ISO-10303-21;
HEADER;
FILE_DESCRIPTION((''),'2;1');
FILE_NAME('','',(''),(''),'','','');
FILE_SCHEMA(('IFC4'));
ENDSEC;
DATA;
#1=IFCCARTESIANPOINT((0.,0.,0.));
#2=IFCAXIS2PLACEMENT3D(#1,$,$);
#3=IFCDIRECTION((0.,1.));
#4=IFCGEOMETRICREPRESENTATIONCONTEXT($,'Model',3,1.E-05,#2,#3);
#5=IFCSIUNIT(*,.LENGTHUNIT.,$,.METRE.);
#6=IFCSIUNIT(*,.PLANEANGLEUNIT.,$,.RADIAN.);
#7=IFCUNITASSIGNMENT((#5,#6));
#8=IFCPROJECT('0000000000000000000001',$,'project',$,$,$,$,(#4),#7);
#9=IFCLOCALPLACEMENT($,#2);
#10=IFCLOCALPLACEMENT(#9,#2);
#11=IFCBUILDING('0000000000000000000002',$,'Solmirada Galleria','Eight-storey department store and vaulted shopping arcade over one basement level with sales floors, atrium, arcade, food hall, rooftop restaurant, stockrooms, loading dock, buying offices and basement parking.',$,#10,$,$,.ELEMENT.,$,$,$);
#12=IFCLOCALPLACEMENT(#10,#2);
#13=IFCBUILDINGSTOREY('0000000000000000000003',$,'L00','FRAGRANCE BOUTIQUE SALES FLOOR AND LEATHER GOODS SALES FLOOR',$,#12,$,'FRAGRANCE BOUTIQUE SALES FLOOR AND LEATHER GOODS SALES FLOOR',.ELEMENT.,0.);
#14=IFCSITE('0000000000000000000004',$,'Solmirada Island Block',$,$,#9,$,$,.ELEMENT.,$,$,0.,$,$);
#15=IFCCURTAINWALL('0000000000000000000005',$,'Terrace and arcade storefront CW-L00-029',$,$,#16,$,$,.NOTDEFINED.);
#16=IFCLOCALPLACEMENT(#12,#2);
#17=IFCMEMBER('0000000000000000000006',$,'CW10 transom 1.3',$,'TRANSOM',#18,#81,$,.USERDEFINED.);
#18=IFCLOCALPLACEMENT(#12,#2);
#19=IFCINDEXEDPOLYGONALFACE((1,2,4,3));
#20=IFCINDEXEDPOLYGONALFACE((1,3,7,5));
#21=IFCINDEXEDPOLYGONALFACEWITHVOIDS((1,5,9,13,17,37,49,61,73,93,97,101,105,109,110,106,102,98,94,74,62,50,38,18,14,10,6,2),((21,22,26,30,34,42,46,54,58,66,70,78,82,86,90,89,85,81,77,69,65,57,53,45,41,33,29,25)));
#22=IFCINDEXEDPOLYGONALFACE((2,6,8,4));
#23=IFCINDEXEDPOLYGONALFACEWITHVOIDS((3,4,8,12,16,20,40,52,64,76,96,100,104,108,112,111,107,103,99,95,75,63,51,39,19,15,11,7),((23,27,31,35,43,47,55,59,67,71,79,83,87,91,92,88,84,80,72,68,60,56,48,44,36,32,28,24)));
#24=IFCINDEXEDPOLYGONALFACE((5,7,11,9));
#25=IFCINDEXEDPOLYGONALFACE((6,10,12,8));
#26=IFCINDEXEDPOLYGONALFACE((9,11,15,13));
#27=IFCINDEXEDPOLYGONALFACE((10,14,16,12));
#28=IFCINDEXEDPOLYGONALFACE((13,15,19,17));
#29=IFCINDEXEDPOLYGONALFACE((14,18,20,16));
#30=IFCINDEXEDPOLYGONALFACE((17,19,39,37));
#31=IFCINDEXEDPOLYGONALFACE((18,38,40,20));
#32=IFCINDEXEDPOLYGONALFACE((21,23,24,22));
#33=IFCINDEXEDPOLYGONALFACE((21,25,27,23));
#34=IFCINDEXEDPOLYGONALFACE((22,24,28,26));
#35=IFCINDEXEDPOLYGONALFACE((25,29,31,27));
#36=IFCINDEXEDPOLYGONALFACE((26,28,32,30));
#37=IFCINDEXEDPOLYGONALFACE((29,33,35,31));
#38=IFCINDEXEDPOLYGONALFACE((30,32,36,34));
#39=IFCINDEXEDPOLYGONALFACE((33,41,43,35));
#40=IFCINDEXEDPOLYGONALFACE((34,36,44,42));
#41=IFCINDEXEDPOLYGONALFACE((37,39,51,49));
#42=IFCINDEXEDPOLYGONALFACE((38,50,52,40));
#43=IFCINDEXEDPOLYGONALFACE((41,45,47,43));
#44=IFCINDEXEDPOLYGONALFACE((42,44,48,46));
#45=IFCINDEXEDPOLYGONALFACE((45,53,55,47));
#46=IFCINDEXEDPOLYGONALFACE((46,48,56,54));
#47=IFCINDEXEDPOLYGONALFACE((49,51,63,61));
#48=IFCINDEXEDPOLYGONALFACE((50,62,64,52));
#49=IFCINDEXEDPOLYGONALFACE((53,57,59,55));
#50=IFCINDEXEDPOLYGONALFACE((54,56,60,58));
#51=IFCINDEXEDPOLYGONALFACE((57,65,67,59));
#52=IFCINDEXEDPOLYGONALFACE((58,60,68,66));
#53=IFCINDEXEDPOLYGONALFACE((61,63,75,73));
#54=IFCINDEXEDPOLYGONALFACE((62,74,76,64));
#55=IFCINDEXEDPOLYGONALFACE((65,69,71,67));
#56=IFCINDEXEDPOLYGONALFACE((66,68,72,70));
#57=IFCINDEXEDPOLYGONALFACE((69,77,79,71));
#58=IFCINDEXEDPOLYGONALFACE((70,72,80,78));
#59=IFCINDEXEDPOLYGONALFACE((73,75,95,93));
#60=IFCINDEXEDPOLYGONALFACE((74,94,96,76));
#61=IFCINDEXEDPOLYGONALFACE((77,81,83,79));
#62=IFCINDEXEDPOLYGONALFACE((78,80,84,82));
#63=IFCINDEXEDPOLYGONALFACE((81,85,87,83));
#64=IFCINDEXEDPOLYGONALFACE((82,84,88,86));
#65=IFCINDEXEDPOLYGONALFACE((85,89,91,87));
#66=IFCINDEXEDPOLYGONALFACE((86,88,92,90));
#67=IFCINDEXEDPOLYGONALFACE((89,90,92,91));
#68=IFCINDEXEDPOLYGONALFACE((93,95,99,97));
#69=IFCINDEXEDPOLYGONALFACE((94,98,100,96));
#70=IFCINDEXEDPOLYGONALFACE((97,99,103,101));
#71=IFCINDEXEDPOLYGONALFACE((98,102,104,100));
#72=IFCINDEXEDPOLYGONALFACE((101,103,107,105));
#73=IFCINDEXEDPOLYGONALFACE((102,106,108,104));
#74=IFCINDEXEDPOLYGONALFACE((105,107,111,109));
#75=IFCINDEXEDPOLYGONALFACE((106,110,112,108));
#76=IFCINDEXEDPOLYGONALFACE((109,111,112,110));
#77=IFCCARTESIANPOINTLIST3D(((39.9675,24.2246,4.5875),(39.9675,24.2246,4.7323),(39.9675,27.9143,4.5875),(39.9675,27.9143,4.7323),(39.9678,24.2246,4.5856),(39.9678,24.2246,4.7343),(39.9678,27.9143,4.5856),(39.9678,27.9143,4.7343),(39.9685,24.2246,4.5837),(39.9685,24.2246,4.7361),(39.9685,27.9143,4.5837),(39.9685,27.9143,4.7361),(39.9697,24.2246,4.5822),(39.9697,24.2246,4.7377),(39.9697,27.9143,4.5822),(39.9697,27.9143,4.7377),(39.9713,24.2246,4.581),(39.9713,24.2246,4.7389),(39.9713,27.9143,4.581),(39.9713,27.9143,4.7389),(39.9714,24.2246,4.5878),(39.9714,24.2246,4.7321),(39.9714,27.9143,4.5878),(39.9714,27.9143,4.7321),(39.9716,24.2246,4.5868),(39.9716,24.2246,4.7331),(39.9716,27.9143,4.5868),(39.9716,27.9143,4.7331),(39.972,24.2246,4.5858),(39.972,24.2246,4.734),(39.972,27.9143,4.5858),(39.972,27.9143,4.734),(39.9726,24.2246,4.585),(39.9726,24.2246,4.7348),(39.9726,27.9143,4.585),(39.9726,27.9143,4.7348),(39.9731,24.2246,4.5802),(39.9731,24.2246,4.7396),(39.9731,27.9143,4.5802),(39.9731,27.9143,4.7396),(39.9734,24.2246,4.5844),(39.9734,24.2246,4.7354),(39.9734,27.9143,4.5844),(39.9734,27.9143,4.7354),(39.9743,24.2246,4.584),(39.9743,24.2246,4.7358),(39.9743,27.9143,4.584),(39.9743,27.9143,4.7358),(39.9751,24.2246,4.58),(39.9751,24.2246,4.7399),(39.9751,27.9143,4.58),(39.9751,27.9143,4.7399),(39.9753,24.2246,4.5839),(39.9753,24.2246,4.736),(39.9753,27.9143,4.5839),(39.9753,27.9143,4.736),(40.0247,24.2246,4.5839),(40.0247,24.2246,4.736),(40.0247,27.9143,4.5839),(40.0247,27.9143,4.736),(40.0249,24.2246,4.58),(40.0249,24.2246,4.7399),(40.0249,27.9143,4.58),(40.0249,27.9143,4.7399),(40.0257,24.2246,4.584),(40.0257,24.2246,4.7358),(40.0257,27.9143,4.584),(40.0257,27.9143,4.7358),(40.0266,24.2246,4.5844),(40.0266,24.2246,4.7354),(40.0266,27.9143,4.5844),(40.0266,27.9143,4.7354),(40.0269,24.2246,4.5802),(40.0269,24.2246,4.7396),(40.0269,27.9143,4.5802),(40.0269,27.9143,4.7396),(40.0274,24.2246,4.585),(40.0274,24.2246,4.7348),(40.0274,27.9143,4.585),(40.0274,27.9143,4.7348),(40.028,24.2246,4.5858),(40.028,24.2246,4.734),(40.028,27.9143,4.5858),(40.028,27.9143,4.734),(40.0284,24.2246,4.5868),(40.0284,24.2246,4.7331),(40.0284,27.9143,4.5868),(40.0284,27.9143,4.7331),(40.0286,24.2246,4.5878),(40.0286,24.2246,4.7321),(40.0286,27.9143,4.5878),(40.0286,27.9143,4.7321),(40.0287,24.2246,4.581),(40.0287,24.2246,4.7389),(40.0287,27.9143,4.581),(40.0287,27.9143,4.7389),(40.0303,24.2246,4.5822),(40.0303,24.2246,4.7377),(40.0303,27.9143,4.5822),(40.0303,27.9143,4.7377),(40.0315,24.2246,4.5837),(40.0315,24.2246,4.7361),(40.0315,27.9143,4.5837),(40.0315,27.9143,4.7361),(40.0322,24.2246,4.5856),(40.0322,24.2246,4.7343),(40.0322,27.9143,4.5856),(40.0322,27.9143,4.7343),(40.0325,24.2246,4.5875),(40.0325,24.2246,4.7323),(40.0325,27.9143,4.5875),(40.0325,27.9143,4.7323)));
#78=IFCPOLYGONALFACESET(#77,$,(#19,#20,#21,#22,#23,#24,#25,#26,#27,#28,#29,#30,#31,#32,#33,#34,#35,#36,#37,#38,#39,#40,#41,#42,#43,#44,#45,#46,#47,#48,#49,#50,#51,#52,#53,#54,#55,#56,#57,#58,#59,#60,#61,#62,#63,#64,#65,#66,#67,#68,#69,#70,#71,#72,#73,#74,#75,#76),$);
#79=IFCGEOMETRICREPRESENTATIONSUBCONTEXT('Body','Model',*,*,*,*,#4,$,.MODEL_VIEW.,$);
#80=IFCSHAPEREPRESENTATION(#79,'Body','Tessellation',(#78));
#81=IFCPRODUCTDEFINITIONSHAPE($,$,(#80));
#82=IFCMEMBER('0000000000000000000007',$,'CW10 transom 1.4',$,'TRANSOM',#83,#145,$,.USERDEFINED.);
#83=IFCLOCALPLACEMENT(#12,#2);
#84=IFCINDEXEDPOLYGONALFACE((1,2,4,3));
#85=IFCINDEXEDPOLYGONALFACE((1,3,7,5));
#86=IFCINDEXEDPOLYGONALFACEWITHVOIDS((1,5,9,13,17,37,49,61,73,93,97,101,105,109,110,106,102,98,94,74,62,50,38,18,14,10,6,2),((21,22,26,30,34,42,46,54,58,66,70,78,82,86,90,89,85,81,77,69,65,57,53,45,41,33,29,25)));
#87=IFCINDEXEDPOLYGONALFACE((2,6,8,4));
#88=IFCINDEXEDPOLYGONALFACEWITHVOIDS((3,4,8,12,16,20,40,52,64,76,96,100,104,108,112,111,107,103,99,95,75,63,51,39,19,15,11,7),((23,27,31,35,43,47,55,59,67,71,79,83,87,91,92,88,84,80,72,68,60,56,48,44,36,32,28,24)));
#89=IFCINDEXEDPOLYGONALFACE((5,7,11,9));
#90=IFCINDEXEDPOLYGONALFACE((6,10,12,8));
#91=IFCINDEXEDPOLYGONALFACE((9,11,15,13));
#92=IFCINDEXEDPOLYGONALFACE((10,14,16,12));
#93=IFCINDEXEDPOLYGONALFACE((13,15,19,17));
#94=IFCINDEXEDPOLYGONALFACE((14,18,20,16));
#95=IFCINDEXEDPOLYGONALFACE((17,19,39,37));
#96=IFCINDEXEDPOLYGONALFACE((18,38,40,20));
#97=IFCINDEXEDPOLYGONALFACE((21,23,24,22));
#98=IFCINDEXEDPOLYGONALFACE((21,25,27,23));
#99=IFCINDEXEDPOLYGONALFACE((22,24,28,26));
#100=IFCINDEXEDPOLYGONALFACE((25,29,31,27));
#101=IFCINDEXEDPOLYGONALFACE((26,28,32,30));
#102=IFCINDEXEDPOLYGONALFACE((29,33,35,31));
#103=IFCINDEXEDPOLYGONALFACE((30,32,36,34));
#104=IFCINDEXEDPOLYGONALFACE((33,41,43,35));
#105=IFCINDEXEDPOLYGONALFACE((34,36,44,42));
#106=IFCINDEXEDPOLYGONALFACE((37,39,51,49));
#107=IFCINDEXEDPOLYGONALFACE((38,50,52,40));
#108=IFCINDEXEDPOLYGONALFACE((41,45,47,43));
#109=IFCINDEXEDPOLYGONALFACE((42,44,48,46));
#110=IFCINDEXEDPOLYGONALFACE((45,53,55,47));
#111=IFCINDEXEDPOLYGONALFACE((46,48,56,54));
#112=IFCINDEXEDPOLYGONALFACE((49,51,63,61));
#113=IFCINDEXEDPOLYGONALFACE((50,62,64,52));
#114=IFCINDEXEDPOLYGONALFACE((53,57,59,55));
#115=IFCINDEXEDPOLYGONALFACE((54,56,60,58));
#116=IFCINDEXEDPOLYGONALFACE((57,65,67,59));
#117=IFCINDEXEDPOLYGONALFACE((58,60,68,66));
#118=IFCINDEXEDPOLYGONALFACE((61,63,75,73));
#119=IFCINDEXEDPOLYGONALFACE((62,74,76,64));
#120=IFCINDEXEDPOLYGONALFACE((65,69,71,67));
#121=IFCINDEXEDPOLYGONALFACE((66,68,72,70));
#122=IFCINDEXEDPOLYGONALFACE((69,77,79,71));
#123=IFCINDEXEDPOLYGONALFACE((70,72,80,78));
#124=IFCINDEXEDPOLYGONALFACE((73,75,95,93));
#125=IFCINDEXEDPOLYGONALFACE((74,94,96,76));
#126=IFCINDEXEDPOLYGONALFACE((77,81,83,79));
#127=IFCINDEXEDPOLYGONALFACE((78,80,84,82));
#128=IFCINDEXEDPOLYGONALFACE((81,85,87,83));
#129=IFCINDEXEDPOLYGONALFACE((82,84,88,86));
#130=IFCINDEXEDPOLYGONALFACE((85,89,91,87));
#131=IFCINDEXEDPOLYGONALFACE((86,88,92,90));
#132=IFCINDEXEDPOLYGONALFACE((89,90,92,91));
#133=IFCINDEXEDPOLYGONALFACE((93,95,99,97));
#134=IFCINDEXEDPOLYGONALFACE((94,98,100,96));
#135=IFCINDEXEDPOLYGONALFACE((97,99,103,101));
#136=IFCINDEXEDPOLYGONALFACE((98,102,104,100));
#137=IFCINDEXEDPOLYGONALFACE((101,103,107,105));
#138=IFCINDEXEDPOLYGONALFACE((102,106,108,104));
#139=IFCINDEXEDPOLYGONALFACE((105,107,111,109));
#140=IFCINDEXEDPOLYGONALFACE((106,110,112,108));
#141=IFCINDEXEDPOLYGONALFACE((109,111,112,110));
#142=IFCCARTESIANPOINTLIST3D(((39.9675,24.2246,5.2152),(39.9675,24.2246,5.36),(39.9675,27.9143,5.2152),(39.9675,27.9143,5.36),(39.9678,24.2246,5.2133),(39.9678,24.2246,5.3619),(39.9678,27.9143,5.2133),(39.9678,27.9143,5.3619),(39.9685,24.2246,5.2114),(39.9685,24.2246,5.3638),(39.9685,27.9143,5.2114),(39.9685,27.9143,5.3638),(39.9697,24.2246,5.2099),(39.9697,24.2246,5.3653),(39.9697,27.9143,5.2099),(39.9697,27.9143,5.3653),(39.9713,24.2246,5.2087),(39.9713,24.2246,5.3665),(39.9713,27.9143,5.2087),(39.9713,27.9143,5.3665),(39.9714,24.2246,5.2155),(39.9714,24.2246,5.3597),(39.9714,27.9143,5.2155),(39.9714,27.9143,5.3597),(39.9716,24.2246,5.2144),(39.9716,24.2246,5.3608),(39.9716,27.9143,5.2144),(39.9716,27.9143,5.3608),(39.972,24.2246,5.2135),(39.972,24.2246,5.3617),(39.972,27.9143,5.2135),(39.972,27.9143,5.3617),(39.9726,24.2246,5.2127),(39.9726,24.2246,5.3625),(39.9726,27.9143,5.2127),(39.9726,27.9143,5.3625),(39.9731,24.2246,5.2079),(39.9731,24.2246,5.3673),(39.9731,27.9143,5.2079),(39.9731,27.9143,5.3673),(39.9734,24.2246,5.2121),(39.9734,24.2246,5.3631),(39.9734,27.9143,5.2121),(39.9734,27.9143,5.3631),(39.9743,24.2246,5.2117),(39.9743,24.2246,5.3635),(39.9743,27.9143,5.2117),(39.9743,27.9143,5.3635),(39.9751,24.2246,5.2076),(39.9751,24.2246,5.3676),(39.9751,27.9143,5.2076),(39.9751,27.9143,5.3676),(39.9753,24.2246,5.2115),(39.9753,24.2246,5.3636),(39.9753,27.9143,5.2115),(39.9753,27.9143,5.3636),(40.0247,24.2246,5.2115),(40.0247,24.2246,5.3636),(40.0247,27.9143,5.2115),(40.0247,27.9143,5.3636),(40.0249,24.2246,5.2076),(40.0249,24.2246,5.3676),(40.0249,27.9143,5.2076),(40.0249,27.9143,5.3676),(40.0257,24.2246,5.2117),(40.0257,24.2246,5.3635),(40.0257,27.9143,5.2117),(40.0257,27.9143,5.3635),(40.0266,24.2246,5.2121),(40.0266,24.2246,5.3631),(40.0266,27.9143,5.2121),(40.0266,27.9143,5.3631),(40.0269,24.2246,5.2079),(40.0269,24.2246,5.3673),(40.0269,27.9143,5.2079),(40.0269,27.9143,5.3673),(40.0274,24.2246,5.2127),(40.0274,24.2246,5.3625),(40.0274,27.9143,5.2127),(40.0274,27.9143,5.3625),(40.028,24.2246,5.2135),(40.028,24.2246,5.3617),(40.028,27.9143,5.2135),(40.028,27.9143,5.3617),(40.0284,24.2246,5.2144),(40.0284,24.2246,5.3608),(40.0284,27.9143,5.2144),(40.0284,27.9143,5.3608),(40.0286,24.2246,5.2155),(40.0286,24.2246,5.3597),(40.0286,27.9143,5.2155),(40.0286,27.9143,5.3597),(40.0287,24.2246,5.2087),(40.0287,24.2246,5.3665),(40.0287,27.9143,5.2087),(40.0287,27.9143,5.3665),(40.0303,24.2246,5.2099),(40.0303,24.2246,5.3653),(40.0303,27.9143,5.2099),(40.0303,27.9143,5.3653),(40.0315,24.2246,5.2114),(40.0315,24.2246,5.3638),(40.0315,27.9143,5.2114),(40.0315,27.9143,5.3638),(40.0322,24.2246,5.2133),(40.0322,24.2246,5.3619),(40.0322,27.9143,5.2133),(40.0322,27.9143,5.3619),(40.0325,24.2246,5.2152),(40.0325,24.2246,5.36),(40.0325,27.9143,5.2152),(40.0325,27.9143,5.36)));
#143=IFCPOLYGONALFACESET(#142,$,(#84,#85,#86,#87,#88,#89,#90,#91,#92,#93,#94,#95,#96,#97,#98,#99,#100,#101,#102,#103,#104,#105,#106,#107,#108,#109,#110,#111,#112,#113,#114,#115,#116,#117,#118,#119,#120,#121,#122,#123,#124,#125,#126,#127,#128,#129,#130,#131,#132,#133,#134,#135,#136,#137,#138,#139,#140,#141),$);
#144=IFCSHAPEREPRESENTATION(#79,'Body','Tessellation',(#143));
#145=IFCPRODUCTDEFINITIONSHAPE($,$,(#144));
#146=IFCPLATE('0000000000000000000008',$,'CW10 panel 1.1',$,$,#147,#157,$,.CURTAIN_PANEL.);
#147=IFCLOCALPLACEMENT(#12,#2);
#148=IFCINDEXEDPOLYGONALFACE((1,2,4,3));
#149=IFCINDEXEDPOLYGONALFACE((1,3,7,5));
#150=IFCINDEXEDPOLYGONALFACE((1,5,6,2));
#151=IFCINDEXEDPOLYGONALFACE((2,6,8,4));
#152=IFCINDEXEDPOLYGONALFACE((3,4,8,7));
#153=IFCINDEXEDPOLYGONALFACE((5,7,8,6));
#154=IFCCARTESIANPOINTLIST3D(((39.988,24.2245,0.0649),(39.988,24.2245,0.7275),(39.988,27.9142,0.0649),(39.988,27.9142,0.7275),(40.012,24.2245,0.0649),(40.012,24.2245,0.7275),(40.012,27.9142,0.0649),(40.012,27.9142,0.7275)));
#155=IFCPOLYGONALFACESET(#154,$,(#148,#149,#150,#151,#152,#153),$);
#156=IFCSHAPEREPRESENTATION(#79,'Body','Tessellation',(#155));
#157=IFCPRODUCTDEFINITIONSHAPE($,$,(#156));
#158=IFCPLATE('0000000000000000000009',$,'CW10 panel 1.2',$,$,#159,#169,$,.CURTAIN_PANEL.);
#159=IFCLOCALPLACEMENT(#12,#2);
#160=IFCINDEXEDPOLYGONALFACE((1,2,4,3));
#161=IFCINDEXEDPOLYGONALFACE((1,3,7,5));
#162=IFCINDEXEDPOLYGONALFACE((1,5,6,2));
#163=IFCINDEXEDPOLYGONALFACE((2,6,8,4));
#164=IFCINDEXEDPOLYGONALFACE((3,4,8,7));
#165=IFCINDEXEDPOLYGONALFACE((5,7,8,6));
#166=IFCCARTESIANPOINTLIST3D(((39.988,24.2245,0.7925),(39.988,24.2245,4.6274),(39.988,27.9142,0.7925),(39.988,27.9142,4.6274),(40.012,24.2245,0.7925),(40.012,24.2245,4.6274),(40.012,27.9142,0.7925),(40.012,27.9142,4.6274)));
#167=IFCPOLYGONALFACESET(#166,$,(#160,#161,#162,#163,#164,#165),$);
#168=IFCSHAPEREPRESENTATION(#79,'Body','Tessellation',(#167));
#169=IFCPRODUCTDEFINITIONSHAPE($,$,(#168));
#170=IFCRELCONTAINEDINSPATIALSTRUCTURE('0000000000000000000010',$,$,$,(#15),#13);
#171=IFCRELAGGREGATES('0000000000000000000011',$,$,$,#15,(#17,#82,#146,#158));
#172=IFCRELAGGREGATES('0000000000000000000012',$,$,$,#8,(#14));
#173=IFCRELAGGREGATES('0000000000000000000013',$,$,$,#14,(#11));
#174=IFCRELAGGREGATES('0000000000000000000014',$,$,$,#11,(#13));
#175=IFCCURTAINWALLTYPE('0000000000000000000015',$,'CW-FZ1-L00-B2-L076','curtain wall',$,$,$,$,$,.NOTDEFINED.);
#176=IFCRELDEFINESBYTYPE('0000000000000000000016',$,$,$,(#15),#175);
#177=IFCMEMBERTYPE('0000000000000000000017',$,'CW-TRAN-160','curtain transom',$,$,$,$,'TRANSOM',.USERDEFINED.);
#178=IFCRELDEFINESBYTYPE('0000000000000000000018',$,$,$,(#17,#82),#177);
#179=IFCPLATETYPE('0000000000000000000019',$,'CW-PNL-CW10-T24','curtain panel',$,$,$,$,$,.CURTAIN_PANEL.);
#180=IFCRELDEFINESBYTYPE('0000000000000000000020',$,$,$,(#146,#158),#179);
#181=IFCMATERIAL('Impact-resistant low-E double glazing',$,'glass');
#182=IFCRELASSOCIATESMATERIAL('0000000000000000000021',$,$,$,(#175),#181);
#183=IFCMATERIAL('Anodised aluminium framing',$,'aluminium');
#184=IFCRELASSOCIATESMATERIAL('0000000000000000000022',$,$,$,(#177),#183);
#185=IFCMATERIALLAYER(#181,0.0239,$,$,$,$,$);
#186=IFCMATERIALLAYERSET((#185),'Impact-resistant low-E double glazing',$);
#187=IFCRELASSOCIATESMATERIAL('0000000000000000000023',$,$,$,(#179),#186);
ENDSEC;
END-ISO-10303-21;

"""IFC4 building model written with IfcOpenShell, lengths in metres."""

from ifc_helpers import new_model, si_unit, direction, frame, origin, origin_2d, place, context, subcontext, project, spatial, rectangle, hollow_rectangle, extrude, material, layer, layer_set, material_profile, profile_set, type_object, element, aggregate, save


model = new_model("IFC4")

# Units and contexts
model_context = context("Model", 3, precision=1e-05, world=origin(), true_north=direction((0.0, 1.0)))
body_context = subcontext(model_context, "Body", "Model", "MODEL_VIEW")
ifc_project = project(units=[si_unit("LENGTHUNIT", "METRE"), si_unit("PLANEANGLEUNIT", "RADIAN")], contexts=[model_context])

# Site, building, storey
site_placement = place(None, origin())
site = spatial("IfcSite", under=ifc_project, at=site_placement, Name="Solmirada Island Block", CompositionType="ELEMENT", RefElevation=0.0)
building_placement = place(site_placement, origin())
building = spatial("IfcBuilding", under=site, at=building_placement, Name="Solmirada Galleria", Description="Eight-storey department store and vaulted shopping arcade over one basement level with sales floors, atrium, arcade, food hall, rooftop restaurant, stockrooms, loading dock, buying offices and basement parking.", CompositionType="ELEMENT")
storey_placement = place(building_placement, origin())
storey = spatial("IfcBuildingStorey", under=building, at=storey_placement, Name="L00", Description="FRAGRANCE BOUTIQUE SALES FLOOR AND LEATHER GOODS SALES FLOOR", LongName="FRAGRANCE BOUTIQUE SALES FLOOR AND LEATHER GOODS SALES FLOOR", CompositionType="ELEMENT", Elevation=0.0)

# Curtain wall, members, plates
ifc_material_1 = material(Name="Impact-resistant low-E double glazing", Category="glass")
curtain_wall_type = type_object("IfcCurtainWallType", Name="CW-FZ1-L00-B2-L076", Description="curtain wall", PredefinedType="NOTDEFINED", material=ifc_material_1)
curtain_wall_placement = place(storey_placement, origin())
curtain_wall = element("IfcCurtainWall", 1, at=curtain_wall_placement, inside=storey, type_object=curtain_wall_type, Name="Terrace and arcade storefront CW-L00-029", PredefinedType="NOTDEFINED")
ifc_material_2 = material(Name="Anodised aluminium framing", Category="aluminium")
ifc_material_profile_1 = material_profile(ifc_material_2, hollow_rectangle(XDim=0.0649, YDim=0.1599, WallThickness=0.0039, InnerFilletRadius=0.0039, OuterFilletRadius=0.0076, at=origin_2d()), Name="ALU-TRAN-160X65")
ifc_profile_set_1 = profile_set([ifc_material_profile_1], Name="Anodised aluminium framing")
member_type_1 = type_object("IfcMemberType", Name="CW-TRAN-160", Description="curtain transom", ElementType="TRANSOM", PredefinedType="USERDEFINED", material=ifc_profile_set_1)
member_1_placement = place(storey_placement, frame((40.0, 24.2246, 4.6599), z_axis=(0.0, 1.0, 0.0), x_axis=(-1.0, 0.0, 0.0)))
member_1 = element("IfcMember", 2, at=member_1_placement, type_object=member_type_1, Name="CW10 transom 1.3", ObjectType="TRANSOM", PredefinedType="USERDEFINED", context=body_context, shape_type="SweptSolid", body=[
    extrude(hollow_rectangle(XDim=0.0649, YDim=0.1599, WallThickness=0.0039, InnerFilletRadius=0.0039, OuterFilletRadius=0.0076, at=origin_2d()), origin(), (0.0, 0.0, 1.0), 3.6897),
])
member_2_placement = place(storey_placement, frame((40.0, 24.2246, 5.2876), z_axis=(0.0, 1.0, 0.0), x_axis=(-1.0, 0.0, 0.0)))
member_2 = element("IfcMember", 3, at=member_2_placement, type_object=member_type_1, Name="CW10 transom 1.4", ObjectType="TRANSOM", PredefinedType="USERDEFINED", context=body_context, shape_type="SweptSolid", body=[
    extrude(hollow_rectangle(XDim=0.0649, YDim=0.1599, WallThickness=0.0039, InnerFilletRadius=0.0039, OuterFilletRadius=0.0076, at=origin_2d()), origin(), (0.0, 0.0, 1.0), 3.6897),
])
ifc_layer_1 = layer(ifc_material_1, 0.0239)
ifc_layer_set_1 = layer_set([ifc_layer_1], Name="Impact-resistant low-E double glazing")
plate_type = type_object("IfcPlateType", Name="CW-PNL-CW10-T24", Description="curtain panel", PredefinedType="CURTAIN_PANEL", material=ifc_layer_set_1)
plate_1_placement = place(storey_placement, frame((40.0, 26.0693, 0.0649), z_axis=(0.0, 0.0, 1.0), x_axis=(0.0, 1.0, 0.0)))
plate_1 = element("IfcPlate", 4, at=plate_1_placement, type_object=plate_type, Name="CW10 panel 1.1", PredefinedType="CURTAIN_PANEL", context=body_context, shape_type="SweptSolid", body=[
    extrude(rectangle(XDim=3.6897, YDim=0.0239, at=origin_2d()), origin(), (0.0, 0.0, 1.0), 0.6626),
])
plate_2_placement = place(storey_placement, frame((40.0, 26.0693, 0.7925), z_axis=(0.0, 0.0, 1.0), x_axis=(0.0, 1.0, 0.0)))
plate_2 = element("IfcPlate", 5, at=plate_2_placement, type_object=plate_type, Name="CW10 panel 1.2", PredefinedType="CURTAIN_PANEL", context=body_context, shape_type="SweptSolid", body=[
    extrude(rectangle(XDim=3.6897, YDim=0.0239, at=origin_2d()), origin(), (0.0, 0.0, 1.0), 3.835),
])
aggregate(curtain_wall, [member_1, member_2, plate_1, plate_2])

save(model, "model.ifc")
